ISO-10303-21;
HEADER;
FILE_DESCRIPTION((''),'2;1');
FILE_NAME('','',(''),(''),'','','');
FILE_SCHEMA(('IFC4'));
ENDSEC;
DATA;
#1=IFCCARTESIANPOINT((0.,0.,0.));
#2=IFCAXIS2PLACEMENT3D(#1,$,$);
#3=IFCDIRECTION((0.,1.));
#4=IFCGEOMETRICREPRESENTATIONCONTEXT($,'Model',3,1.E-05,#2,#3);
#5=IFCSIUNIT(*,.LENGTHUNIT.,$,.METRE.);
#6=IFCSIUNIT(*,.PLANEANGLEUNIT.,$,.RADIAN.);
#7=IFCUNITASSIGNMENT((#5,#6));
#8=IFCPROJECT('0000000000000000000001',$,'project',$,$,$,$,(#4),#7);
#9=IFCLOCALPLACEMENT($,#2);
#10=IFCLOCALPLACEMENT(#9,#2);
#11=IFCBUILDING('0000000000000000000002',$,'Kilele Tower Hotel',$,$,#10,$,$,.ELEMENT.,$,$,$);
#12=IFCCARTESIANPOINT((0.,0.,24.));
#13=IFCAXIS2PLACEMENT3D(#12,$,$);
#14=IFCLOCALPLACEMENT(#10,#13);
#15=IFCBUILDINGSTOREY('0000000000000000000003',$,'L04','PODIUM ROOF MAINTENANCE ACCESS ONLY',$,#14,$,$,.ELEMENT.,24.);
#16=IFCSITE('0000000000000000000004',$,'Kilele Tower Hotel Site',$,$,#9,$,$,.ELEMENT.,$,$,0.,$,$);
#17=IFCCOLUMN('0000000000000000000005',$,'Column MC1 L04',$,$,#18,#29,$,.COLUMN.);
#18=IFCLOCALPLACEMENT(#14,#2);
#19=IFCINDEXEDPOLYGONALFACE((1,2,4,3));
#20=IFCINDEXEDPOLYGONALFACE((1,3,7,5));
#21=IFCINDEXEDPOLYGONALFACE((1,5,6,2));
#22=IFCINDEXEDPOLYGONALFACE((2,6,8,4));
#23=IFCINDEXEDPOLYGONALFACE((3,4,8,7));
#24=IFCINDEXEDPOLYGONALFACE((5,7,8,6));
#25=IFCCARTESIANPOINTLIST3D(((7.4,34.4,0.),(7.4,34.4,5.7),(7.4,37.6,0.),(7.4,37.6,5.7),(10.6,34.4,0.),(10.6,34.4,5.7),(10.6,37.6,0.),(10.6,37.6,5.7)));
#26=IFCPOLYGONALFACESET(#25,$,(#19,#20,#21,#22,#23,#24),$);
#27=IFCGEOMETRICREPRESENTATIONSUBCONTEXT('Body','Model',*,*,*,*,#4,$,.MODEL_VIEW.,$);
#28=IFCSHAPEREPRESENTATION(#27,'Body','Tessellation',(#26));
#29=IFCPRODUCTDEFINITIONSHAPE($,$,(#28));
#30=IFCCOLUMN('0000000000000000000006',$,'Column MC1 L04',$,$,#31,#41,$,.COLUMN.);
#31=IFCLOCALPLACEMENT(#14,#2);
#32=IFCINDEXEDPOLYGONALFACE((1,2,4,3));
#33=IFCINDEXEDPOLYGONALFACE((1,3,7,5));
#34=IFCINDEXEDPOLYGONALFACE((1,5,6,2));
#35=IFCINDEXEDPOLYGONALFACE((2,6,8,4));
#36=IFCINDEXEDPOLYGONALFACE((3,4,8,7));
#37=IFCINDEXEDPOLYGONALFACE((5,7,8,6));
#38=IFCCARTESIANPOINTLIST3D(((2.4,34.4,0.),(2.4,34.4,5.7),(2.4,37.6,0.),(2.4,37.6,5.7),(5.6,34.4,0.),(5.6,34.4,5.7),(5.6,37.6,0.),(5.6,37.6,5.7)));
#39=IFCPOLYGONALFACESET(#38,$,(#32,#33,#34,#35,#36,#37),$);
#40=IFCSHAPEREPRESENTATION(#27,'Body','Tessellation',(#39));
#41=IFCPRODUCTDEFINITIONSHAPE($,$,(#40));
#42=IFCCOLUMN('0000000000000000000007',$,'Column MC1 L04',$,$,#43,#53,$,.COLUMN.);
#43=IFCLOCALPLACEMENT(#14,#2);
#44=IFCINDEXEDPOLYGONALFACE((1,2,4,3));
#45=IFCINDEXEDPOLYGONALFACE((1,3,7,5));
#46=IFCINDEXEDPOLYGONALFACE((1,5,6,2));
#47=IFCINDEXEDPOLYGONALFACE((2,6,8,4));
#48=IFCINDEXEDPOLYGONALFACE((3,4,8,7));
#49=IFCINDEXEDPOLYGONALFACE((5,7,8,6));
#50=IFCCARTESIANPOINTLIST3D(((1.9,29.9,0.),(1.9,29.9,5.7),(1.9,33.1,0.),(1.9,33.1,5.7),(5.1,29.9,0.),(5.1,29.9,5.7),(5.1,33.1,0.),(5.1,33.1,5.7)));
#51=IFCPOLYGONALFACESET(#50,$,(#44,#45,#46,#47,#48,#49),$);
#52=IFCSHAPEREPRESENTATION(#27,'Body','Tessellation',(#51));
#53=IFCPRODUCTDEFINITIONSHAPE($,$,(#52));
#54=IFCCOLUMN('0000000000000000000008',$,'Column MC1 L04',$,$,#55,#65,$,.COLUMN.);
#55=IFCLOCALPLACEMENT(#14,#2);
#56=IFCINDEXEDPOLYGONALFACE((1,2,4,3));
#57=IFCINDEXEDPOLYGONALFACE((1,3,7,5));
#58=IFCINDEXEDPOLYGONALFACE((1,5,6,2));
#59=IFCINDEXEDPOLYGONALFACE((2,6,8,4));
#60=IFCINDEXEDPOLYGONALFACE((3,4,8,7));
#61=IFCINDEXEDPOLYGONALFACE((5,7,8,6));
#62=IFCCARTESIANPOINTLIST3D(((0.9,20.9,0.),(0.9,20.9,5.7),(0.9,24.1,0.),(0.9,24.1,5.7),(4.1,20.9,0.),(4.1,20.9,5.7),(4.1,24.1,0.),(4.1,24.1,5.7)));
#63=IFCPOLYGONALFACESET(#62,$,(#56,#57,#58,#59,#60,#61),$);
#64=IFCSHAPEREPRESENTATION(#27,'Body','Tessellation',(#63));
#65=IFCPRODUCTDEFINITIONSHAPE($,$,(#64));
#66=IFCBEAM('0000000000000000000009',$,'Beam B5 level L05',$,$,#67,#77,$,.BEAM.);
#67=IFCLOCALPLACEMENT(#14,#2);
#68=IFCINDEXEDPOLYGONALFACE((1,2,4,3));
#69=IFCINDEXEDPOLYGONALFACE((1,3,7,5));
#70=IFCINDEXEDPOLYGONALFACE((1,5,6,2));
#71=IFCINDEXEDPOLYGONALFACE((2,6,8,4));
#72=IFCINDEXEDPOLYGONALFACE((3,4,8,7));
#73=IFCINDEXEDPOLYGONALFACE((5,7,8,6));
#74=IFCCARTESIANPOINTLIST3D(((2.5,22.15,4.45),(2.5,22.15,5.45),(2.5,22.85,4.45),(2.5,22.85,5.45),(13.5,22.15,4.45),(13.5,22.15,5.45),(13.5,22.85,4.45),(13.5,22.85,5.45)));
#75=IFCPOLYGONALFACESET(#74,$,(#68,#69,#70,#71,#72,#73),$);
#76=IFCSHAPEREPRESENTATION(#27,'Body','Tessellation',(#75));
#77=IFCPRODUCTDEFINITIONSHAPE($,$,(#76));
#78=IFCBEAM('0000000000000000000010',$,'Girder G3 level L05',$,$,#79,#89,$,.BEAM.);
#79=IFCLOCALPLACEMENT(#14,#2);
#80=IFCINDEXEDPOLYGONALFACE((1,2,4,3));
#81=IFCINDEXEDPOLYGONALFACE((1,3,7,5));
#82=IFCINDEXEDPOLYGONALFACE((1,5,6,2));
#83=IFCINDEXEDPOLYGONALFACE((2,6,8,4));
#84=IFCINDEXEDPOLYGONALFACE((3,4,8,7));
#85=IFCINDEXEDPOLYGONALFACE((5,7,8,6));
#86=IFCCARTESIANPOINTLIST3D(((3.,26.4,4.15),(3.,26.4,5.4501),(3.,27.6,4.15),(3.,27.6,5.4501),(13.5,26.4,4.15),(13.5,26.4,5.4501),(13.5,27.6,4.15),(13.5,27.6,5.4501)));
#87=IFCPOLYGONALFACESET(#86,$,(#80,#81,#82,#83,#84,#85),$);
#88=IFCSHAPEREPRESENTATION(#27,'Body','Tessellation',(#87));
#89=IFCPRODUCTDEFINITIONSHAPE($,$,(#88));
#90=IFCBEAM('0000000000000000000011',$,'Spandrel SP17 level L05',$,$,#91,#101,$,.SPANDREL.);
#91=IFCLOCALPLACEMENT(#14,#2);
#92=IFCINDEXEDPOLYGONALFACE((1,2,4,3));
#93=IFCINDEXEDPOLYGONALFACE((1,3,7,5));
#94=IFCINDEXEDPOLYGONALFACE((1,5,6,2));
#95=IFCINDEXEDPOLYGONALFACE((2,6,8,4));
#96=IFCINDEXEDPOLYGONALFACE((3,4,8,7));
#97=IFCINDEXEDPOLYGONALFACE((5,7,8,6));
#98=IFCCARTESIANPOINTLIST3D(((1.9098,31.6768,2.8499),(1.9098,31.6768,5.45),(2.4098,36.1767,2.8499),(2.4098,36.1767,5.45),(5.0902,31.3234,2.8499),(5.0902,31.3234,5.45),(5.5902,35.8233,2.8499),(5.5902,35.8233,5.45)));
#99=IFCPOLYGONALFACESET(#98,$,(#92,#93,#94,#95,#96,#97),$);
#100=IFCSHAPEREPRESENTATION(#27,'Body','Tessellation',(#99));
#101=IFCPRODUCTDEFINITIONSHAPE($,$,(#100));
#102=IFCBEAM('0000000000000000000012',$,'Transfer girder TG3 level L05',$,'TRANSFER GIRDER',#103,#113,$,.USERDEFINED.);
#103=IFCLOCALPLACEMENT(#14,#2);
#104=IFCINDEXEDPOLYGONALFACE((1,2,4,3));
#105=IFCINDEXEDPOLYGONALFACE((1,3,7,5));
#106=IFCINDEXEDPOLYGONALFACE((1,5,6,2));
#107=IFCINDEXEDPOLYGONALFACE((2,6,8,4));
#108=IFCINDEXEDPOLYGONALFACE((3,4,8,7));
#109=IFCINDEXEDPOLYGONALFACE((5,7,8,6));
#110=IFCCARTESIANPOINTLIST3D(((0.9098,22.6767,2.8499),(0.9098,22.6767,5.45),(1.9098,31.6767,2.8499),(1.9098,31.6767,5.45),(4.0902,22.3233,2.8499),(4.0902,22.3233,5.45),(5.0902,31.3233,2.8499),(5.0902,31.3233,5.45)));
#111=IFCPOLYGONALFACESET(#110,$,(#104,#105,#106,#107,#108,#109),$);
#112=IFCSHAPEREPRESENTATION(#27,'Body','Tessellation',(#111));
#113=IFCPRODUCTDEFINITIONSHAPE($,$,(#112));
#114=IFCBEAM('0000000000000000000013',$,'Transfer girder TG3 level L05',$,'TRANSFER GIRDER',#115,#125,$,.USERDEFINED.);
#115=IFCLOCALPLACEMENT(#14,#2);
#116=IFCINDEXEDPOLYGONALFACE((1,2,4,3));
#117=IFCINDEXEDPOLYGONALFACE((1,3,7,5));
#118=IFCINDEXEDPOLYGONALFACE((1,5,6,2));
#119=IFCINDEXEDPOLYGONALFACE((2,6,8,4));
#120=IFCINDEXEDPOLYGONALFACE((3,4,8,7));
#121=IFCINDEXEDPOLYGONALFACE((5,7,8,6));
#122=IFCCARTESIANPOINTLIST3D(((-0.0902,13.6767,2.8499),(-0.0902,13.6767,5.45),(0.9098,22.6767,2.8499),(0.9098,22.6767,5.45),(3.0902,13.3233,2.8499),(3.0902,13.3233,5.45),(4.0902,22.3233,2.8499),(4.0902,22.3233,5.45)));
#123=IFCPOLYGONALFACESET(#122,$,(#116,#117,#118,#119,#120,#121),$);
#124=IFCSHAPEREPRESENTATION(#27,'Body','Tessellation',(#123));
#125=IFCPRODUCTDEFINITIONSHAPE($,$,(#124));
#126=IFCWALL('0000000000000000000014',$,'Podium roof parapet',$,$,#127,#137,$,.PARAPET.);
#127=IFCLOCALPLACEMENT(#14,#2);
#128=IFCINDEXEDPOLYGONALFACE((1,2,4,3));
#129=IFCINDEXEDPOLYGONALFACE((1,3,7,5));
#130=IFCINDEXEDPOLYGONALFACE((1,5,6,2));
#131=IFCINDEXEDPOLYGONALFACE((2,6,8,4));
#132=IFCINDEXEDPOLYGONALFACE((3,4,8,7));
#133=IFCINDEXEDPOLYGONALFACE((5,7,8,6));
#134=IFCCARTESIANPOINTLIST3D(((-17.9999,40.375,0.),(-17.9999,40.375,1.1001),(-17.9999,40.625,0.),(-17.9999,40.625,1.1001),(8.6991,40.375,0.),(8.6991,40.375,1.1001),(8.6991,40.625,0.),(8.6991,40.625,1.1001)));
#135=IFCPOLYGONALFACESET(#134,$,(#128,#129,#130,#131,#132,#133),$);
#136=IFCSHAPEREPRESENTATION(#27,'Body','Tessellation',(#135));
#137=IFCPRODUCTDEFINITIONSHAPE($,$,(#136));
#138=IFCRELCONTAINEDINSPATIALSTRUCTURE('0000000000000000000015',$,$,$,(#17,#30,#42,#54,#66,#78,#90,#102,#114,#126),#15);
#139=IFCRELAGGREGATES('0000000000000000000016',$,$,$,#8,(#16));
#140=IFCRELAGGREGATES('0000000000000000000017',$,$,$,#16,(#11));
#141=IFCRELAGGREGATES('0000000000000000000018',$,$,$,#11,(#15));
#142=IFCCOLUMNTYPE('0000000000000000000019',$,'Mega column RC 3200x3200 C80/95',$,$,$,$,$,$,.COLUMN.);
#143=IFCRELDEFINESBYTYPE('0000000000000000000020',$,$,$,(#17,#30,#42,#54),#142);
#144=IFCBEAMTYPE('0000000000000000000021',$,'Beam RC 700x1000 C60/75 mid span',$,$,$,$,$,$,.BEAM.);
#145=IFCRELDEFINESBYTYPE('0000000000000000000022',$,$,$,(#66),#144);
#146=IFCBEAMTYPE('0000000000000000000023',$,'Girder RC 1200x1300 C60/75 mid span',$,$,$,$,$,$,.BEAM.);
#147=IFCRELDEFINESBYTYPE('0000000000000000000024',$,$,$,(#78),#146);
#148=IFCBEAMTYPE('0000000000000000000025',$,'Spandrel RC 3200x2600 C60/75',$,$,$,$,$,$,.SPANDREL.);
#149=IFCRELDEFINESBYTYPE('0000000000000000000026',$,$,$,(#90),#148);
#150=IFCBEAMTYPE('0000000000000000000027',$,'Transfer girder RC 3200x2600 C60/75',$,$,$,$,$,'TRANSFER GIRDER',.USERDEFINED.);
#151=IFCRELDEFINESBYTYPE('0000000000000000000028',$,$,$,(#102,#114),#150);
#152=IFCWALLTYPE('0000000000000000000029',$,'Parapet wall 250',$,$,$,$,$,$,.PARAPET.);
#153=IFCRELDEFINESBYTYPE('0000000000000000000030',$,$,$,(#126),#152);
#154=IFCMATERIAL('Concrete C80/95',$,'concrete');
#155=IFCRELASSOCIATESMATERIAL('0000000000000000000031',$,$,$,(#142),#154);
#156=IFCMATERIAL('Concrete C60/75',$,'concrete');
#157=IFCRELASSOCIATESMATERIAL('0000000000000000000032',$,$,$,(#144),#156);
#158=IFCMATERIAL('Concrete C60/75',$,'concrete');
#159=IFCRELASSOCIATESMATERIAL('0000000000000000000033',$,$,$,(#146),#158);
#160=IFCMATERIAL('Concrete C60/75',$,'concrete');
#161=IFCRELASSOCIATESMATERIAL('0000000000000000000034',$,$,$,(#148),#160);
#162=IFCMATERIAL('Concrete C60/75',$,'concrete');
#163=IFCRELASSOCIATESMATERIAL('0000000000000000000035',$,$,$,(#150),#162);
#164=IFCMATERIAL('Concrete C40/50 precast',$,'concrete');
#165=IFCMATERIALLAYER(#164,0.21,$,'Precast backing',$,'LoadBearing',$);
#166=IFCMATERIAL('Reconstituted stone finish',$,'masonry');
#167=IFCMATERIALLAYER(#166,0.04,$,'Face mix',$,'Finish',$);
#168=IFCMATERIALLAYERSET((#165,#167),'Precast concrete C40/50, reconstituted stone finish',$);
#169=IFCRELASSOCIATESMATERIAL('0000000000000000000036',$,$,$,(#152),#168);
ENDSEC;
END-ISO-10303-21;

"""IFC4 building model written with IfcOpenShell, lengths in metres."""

from ifc_helpers import new_model, si_unit, direction, frame, frame_2d, origin, origin_2d, place, context, subcontext, project, spatial, rectangle, extrude, material, layer, layer_set, material_profile, profile_set, type_object, element, save


model = new_model("IFC4")

# Units and contexts
model_context = context("Model", 3, precision=1e-05, world=origin(), true_north=direction((0.0, 1.0)))
body_context = subcontext(model_context, "Body", "Model", "MODEL_VIEW")
ifc_project = project(units=[si_unit("LENGTHUNIT", "METRE"), si_unit("PLANEANGLEUNIT", "RADIAN")], contexts=[model_context])

# Site, building, storey
site_placement = place(None, origin())
site = spatial("IfcSite", under=ifc_project, at=site_placement, Name="Kilele Tower Hotel Site", CompositionType="ELEMENT", RefElevation=0.0)
building_placement = place(site_placement, origin())
building = spatial("IfcBuilding", under=site, at=building_placement, Name="Kilele Tower Hotel", CompositionType="ELEMENT")
storey_placement = place(building_placement, frame((0.0, 0.0, 24.0)))
storey = spatial("IfcBuildingStorey", under=building, at=storey_placement, Name="L04", Description="PODIUM ROOF MAINTENANCE ACCESS ONLY", CompositionType="ELEMENT", Elevation=24.0)

# Columns
ifc_material_1 = material(Name="Concrete C80/95", Category="concrete")
ifc_material_profile_1 = material_profile(ifc_material_1, rectangle(XDim=3.2, YDim=3.2, at=origin_2d()))
ifc_profile_set_1 = profile_set([ifc_material_profile_1], Name="Concrete C80/95")
column_type = type_object("IfcColumnType", Name="Mega column RC 3200x3200 C80/95", PredefinedType="COLUMN", material=ifc_profile_set_1)
for number, where, z_axis, x_axis, name in (
    (1, (9.0, 36.0, 0.0), (0.0, 0.0, 1.0), (1.0, 0.0, 0.0), "Column MC1 L04"),
    (2, (4.0, 36.0, 0.0), (0.0, 0.0, 1.0), (1.0, 0.0, 0.0), "Column MC1 L04"),
    (3, (3.5, 31.5, 0.0), (0.0, 0.0, 1.0), (1.0, 0.0, 0.0), "Column MC1 L04"),
    (4, (2.5, 22.5, 0.0), (0.0, 0.0, 1.0), (1.0, 0.0, 0.0), "Column MC1 L04"),
):
    element("IfcColumn", number, at=place(storey_placement, frame(where, z_axis=z_axis, x_axis=x_axis)), inside=storey, type_object=column_type, Name=name, PredefinedType="COLUMN", context=body_context, shape_type="SweptSolid", body=[
        extrude(rectangle(XDim=3.2, YDim=3.2, at=origin_2d()), origin(), (0.0, 0.0, 1.0), 5.7),
    ])

# Beams
ifc_material_2 = material(Name="Concrete C60/75", Category="concrete")
ifc_material_profile_2 = material_profile(ifc_material_2, rectangle(XDim=0.7, YDim=1.0, at=origin_2d()))
ifc_profile_set_2 = profile_set([ifc_material_profile_2], Name="Concrete C60/75")
beam_type_1 = type_object("IfcBeamType", Name="Beam RC 700x1000 C60/75 mid span", PredefinedType="BEAM", material=ifc_profile_set_2)
beam_1_placement = place(storey_placement, frame((2.5, 22.5, 4.95), z_axis=(1.0, 0.0, 0.0), x_axis=(0.0, 1.0, 0.0)))
element("IfcBeam", 5, at=beam_1_placement, inside=storey, type_object=beam_type_1, Name="Beam B5 level L05", PredefinedType="BEAM", context=body_context, shape_type="SweptSolid", body=[
    extrude(rectangle(XDim=0.7, YDim=1.0, at=origin_2d()), origin(), (0.0, 0.0, 1.0), 11.0),
])
ifc_material_3 = material(Name="Concrete C60/75", Category="concrete")
ifc_material_profile_3 = material_profile(ifc_material_3, rectangle(XDim=1.2, YDim=1.3, at=origin_2d()))
ifc_profile_set_3 = profile_set([ifc_material_profile_3], Name="Concrete C60/75")
beam_type_2 = type_object("IfcBeamType", Name="Girder RC 1200x1300 C60/75 mid span", PredefinedType="BEAM", material=ifc_profile_set_3)
beam_2_placement = place(storey_placement, frame((3.0, 27.0, 4.8), z_axis=(1.0, 0.0, 0.0), x_axis=(0.0, 1.0, 0.0)))
element("IfcBeam", 6, at=beam_2_placement, inside=storey, type_object=beam_type_2, Name="Girder G3 level L05", PredefinedType="BEAM", context=body_context, shape_type="SweptSolid", body=[
    extrude(rectangle(XDim=1.2, YDim=1.3, at=origin_2d()), origin(), (0.0, 0.0, 1.0), 10.5),
])
ifc_material_4 = material(Name="Concrete C60/75", Category="concrete")
ifc_material_profile_4 = material_profile(ifc_material_4, rectangle(XDim=3.2, YDim=2.6001, at=origin_2d()))
ifc_profile_set_4 = profile_set([ifc_material_profile_4], Name="Concrete C60/75")
beam_type_3 = type_object("IfcBeamType", Name="Spandrel RC 3200x2600 C60/75", PredefinedType="SPANDREL", material=ifc_profile_set_4)
beam_3_placement = place(storey_placement, frame((4.0, 36.0, 4.1499), z_axis=(-0.110432, -0.993884, 0.0), x_axis=(0.993884, -0.110432, 0.0)))
element("IfcBeam", 7, at=beam_3_placement, inside=storey, type_object=beam_type_3, Name="Spandrel SP17 level L05", PredefinedType="SPANDREL", context=body_context, shape_type="SweptSolid", body=[
    extrude(rectangle(XDim=3.2, YDim=2.6001, at=origin_2d()), origin(), (0.0, 0.0, 1.0), 4.5276),
])
ifc_material_5 = material(Name="Concrete C60/75", Category="concrete")
ifc_material_profile_5 = material_profile(ifc_material_5, rectangle(XDim=3.2, YDim=2.6001, at=origin_2d()))
ifc_profile_set_5 = profile_set([ifc_material_profile_5], Name="Concrete C60/75")
beam_type_4 = type_object("IfcBeamType", Name="Transfer girder RC 3200x2600 C60/75", ElementType="TRANSFER GIRDER", PredefinedType="USERDEFINED", material=ifc_profile_set_5)
for number, where, z_axis, x_axis, name in (
    (8, (3.5, 31.5, 4.1499), (-0.110432, -0.993884, 0.0), (0.993884, -0.110432, 0.0), "Transfer girder TG3 level L05"),
    (9, (2.5, 22.5, 4.1499), (-0.110432, -0.993884, 0.0), (0.993884, -0.110432, 0.0), "Transfer girder TG3 level L05"),
):
    element("IfcBeam", number, at=place(storey_placement, frame(where, z_axis=z_axis, x_axis=x_axis)), inside=storey, type_object=beam_type_4, Name=name, ObjectType="TRANSFER GIRDER", PredefinedType="USERDEFINED", context=body_context, shape_type="SweptSolid", body=[
        extrude(rectangle(XDim=3.2, YDim=2.6001, at=origin_2d()), origin(), (0.0, 0.0, 1.0), 9.0554),
    ])

# Wall
ifc_material_6 = material(Name="Concrete C40/50 precast", Category="concrete")
ifc_layer_1 = layer(ifc_material_6, 0.21, Name="Precast backing", Category="LoadBearing")
ifc_material_7 = material(Name="Reconstituted stone finish", Category="masonry")
ifc_layer_2 = layer(ifc_material_7, 0.04, Name="Face mix", Category="Finish")
ifc_layer_set_1 = layer_set([ifc_layer_1, ifc_layer_2], Name="Precast concrete C40/50, reconstituted stone finish")
wall_type_1 = type_object("IfcWallType", Name="Parapet wall 250", PredefinedType="PARAPET", material=ifc_layer_set_1)
wall_1_placement = place(storey_placement, frame((-18.0, 40.5, 0.0), z_axis=(0.0, 0.0, 1.0), x_axis=(1.0, 0.0, 0.0)))
element("IfcWall", 10, at=wall_1_placement, inside=storey, type_object=wall_type_1, Name="Podium roof parapet", PredefinedType="PARAPET", context=body_context, shape_type="SweptSolid", body=[
    extrude(rectangle(XDim=26.699, YDim=0.25, at=frame_2d((13.3496, 0.0))), origin(), (0.0, 0.0, 1.0), 1.1001),
])

save(model, "model.ifc")
